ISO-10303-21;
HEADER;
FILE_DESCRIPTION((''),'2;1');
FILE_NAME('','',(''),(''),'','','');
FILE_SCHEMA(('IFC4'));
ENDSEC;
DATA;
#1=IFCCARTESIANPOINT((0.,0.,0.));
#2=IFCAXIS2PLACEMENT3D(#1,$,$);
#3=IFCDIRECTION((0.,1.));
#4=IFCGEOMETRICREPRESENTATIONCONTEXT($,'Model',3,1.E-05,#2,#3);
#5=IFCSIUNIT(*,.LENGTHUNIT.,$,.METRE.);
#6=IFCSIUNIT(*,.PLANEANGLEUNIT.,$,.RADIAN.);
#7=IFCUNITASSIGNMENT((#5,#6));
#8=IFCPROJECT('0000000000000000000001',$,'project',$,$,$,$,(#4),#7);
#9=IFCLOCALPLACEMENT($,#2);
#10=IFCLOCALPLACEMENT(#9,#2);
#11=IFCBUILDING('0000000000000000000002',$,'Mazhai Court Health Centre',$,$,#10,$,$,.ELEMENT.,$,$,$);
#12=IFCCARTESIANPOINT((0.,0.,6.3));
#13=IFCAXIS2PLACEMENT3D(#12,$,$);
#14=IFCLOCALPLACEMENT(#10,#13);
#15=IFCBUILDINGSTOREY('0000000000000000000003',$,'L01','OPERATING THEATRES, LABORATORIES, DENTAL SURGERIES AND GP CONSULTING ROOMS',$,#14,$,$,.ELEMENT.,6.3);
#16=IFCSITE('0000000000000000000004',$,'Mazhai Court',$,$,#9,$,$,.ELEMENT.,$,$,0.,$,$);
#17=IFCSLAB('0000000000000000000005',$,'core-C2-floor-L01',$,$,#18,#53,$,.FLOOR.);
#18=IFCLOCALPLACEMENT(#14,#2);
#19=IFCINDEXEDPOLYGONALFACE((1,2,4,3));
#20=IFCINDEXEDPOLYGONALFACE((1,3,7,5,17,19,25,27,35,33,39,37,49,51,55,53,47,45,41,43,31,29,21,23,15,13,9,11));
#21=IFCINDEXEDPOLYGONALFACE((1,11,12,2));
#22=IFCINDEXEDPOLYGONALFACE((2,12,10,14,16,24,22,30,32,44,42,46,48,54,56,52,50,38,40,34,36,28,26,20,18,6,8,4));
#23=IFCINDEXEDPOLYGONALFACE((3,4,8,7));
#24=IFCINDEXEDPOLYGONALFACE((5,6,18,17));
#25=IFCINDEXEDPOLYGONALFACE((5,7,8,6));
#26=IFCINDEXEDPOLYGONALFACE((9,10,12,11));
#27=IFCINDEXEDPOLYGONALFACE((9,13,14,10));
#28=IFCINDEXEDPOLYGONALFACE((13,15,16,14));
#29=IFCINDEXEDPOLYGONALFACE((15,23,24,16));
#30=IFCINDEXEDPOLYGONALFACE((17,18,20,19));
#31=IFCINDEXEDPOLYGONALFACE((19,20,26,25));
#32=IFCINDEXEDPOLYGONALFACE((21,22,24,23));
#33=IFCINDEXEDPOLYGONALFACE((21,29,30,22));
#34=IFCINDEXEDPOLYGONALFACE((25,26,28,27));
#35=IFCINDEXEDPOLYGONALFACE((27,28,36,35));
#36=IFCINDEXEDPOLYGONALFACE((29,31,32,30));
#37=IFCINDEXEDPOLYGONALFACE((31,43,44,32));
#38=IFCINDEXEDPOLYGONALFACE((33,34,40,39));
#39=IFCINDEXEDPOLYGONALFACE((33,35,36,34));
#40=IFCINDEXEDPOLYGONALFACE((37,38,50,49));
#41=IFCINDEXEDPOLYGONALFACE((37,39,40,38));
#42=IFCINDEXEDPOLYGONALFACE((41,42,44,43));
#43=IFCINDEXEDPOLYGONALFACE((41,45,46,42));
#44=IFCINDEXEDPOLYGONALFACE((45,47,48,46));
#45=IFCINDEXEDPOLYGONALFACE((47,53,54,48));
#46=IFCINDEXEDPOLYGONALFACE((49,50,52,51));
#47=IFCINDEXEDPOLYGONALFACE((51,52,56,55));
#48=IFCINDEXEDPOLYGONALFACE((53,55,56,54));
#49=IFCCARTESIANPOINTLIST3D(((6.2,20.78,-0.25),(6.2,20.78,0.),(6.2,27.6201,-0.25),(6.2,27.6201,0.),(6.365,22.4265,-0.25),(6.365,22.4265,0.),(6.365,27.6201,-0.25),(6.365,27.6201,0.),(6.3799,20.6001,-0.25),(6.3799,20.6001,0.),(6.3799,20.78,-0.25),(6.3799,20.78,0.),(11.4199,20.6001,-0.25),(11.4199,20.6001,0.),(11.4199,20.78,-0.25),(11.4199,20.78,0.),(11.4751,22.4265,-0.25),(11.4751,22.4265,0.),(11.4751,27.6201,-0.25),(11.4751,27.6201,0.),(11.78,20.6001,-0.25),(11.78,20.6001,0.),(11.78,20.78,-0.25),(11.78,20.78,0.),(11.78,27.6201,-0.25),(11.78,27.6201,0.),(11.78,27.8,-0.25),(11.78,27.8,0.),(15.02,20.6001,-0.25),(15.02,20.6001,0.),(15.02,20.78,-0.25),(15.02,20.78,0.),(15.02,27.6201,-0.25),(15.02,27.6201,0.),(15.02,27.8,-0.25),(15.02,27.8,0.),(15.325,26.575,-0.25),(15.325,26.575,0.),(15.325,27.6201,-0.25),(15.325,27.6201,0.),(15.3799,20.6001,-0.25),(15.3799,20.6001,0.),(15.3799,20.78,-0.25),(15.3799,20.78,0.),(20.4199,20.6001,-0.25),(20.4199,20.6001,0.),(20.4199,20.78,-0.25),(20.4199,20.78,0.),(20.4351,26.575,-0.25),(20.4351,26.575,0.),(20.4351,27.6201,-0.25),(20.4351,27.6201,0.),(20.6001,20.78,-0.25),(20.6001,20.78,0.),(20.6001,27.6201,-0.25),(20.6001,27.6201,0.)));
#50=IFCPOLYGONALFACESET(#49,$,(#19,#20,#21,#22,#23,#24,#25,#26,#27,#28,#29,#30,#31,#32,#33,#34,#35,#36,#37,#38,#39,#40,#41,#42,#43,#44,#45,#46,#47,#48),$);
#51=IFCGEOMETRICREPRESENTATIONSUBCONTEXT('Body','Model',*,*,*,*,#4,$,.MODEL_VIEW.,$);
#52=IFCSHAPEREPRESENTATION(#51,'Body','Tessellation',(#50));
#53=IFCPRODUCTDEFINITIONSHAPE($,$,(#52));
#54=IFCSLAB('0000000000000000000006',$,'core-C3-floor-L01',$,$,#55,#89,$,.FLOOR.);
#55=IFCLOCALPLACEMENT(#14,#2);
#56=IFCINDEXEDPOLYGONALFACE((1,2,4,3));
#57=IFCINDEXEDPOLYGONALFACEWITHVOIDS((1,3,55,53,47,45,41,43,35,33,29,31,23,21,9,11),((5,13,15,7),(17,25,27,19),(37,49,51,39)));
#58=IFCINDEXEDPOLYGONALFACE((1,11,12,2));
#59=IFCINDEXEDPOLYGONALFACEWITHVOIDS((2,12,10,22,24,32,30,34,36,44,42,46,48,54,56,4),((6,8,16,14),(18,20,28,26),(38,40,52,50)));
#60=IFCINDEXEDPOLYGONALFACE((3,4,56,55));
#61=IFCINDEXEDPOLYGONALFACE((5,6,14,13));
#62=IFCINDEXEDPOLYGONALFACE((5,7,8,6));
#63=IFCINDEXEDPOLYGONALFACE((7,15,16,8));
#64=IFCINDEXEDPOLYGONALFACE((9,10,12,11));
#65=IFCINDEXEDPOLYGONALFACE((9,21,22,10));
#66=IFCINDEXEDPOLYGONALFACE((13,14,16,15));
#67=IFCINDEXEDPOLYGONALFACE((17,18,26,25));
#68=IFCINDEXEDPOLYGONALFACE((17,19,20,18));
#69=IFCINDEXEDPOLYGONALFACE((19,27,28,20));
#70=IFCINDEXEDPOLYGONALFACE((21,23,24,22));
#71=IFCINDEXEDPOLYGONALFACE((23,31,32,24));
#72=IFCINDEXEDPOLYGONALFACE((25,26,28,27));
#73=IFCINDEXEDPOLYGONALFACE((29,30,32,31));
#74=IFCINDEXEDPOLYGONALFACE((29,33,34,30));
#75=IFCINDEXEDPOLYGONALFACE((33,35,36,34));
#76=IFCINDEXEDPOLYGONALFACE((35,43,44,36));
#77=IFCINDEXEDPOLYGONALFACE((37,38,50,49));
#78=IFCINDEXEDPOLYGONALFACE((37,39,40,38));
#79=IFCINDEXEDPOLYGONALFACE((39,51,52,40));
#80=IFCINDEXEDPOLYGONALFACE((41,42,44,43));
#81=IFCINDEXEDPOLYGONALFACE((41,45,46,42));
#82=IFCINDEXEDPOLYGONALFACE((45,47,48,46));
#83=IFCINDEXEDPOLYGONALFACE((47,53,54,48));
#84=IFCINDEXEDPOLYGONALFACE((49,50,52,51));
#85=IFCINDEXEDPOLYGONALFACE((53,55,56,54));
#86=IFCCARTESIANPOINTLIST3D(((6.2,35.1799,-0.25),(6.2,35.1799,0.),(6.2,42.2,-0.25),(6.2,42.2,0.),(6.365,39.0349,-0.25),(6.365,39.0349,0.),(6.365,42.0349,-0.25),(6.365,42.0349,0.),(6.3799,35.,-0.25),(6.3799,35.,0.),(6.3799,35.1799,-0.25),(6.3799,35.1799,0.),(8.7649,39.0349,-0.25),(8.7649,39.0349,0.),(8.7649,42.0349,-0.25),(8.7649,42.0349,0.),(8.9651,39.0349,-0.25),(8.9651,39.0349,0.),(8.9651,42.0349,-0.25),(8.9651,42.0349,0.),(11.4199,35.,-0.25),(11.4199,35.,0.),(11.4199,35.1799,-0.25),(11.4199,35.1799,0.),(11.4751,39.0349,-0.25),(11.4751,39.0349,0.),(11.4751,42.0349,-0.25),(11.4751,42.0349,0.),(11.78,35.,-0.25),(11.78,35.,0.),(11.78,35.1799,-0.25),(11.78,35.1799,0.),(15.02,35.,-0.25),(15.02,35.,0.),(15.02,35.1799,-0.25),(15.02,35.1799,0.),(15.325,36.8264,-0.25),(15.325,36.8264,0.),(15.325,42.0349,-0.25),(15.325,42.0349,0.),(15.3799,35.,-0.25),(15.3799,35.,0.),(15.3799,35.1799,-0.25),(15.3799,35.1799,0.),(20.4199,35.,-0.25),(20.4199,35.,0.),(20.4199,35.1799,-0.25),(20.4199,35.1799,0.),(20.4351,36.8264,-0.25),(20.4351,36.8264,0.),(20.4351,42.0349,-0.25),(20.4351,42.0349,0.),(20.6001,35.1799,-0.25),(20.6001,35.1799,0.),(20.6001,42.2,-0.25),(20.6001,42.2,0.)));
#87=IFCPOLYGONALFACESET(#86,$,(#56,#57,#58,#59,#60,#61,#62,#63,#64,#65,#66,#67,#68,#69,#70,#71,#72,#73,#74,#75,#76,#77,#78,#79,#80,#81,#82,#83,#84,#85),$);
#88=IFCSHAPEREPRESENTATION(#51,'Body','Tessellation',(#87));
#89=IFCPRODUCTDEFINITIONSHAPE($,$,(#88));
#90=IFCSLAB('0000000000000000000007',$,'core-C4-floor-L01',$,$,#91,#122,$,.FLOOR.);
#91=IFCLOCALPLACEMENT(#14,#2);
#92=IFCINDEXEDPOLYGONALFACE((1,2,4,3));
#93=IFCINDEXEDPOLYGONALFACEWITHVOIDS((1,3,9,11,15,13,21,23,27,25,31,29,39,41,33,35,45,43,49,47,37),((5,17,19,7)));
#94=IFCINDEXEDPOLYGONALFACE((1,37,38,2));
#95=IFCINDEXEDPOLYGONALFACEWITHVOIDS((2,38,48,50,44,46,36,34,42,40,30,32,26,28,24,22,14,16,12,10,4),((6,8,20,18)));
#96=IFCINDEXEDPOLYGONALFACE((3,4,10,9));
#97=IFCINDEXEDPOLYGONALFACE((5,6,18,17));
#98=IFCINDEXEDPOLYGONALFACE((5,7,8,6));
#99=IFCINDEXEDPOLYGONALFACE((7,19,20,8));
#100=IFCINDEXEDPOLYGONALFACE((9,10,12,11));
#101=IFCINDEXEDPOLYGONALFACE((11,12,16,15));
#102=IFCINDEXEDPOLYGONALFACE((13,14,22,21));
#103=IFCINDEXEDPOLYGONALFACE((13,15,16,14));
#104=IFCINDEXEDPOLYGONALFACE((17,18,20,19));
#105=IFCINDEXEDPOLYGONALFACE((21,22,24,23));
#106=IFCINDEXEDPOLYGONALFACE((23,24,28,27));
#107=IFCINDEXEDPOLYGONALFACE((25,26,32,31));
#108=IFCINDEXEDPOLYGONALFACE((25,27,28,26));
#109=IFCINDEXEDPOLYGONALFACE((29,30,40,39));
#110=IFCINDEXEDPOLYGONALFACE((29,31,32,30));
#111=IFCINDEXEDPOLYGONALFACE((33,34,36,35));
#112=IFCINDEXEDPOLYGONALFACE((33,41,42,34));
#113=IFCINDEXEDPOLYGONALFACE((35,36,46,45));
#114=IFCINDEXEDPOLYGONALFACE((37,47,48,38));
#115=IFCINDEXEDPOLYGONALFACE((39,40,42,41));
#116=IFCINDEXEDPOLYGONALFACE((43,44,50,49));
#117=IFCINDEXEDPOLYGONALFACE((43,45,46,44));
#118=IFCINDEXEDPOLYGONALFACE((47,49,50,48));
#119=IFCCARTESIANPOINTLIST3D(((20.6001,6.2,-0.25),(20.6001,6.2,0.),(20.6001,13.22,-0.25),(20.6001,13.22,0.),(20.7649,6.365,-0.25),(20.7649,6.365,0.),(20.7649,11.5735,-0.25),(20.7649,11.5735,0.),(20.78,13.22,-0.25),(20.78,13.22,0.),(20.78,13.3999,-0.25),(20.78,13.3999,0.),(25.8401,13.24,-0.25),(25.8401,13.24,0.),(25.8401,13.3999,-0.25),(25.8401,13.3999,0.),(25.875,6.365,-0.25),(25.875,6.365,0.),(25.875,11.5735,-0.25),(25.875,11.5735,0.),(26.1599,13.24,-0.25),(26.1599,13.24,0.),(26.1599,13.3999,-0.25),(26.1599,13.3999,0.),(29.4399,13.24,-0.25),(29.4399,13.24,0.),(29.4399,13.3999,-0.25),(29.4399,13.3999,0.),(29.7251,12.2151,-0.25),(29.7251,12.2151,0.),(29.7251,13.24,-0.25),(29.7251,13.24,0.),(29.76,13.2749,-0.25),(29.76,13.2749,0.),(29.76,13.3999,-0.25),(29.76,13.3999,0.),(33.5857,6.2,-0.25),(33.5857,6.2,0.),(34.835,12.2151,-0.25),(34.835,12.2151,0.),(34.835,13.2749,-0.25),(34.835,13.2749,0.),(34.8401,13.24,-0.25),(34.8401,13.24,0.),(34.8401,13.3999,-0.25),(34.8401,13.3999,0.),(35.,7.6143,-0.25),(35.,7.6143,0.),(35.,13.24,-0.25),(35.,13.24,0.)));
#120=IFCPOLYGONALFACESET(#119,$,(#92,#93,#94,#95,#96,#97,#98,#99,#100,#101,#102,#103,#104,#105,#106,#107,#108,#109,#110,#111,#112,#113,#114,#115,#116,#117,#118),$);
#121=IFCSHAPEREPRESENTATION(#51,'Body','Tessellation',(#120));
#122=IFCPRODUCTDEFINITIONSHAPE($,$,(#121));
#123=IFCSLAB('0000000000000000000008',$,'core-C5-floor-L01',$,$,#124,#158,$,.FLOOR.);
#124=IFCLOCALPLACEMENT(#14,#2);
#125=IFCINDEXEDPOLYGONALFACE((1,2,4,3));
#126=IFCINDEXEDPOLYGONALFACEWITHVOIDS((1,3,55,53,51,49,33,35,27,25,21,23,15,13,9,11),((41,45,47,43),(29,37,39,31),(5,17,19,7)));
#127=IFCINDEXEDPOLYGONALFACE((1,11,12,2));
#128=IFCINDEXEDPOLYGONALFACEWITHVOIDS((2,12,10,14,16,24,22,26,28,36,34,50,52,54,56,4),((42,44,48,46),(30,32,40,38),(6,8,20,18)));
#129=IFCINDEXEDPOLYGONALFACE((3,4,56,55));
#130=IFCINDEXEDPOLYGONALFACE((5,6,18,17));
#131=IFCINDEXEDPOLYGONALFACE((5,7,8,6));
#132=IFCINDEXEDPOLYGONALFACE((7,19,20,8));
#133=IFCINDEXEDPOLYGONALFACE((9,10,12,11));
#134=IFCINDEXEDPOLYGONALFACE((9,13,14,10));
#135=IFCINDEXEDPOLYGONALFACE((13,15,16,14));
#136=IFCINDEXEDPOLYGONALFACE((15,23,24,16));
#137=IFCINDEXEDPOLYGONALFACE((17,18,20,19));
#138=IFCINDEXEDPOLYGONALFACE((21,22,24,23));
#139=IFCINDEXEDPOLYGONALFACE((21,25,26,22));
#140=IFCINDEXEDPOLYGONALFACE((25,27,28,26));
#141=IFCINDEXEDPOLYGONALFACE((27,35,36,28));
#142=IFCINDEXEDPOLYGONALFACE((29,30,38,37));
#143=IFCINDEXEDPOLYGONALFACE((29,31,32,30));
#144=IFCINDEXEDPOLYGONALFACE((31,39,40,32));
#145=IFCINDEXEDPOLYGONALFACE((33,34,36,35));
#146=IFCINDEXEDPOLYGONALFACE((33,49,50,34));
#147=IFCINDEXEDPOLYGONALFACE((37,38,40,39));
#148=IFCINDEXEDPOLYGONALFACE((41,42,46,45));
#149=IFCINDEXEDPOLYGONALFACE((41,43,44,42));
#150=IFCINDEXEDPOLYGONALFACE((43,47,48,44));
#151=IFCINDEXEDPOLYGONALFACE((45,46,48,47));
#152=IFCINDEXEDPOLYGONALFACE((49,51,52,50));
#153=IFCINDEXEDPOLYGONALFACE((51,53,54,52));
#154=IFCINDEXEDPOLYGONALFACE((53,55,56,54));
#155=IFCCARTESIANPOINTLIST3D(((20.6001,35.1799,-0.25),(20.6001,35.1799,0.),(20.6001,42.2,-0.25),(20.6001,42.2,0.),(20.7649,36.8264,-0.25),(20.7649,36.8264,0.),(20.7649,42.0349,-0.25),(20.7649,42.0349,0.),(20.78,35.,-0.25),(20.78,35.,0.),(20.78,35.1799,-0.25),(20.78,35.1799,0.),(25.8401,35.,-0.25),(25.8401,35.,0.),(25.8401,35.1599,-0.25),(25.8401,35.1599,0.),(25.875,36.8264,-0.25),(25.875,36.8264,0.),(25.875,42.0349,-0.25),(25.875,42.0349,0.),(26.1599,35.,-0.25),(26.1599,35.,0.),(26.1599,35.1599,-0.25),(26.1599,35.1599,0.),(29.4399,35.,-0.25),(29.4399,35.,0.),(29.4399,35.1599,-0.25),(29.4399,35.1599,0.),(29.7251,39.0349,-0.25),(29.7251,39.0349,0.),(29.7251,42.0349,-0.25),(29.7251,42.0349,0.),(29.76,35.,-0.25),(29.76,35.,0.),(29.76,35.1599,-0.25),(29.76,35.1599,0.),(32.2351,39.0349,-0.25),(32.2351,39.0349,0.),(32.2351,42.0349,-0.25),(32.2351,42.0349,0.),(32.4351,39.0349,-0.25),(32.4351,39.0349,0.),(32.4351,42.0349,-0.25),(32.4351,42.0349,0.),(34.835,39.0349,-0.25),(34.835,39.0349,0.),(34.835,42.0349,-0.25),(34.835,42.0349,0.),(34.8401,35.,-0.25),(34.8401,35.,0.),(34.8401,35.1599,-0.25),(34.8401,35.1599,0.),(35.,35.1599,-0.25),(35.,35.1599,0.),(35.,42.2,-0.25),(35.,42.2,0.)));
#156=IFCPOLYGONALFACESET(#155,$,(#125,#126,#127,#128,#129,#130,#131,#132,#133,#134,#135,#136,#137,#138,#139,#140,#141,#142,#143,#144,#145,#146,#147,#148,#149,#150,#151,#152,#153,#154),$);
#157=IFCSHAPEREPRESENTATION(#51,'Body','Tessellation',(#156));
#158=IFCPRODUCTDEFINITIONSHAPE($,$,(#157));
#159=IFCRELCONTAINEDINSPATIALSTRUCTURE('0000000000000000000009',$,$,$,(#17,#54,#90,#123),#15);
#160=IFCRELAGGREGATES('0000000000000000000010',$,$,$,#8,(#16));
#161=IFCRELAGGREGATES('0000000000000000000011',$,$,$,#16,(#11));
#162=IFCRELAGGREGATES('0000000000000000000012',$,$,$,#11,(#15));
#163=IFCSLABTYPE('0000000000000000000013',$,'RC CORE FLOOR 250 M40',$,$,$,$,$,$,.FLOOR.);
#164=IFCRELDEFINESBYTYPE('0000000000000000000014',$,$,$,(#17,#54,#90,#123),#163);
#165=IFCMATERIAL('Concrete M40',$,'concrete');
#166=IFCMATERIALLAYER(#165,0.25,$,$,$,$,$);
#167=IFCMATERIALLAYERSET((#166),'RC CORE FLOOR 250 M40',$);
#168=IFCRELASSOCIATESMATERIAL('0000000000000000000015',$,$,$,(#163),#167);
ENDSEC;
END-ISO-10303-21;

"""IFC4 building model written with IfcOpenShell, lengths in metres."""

from ifc_helpers import new_model, si_unit, direction, frame, origin, place, context, subcontext, project, spatial, polyline, outline, extrude, material, layer, layer_set, type_object, element, save


model = new_model("IFC4")

# Units and contexts
model_context = context("Model", 3, precision=1e-05, world=origin(), true_north=direction((0.0, 1.0)))
body_context = subcontext(model_context, "Body", "Model", "MODEL_VIEW")
ifc_project = project(units=[si_unit("LENGTHUNIT", "METRE"), si_unit("PLANEANGLEUNIT", "RADIAN")], contexts=[model_context])

# Site, building, storey
site_placement = place(None, origin())
site = spatial("IfcSite", under=ifc_project, at=site_placement, Name="Mazhai Court", CompositionType="ELEMENT", RefElevation=0.0)
building_placement = place(site_placement, origin())
building = spatial("IfcBuilding", under=site, at=building_placement, Name="Mazhai Court Health Centre", CompositionType="ELEMENT")
storey_placement = place(building_placement, frame((0.0, 0.0, 6.3)))
storey = spatial("IfcBuildingStorey", under=building, at=storey_placement, Name="L01", Description="OPERATING THEATRES, LABORATORIES, DENTAL SURGERIES AND GP CONSULTING ROOMS", CompositionType="ELEMENT", Elevation=6.3)

# Slabs
ifc_material_1 = material(Name="Concrete M40", Category="concrete")
ifc_layer_1 = layer(ifc_material_1, 0.25)
ifc_layer_set_1 = layer_set([ifc_layer_1], Name="RC CORE FLOOR 250 M40")
slab_type_1 = type_object("IfcSlabType", Name="RC CORE FLOOR 250 M40", PredefinedType="FLOOR", material=ifc_layer_set_1)
slab_1_placement = place(storey_placement, frame((0.0, 0.0, -0.25)))
element("IfcSlab", 1, at=slab_1_placement, inside=storey, type_object=slab_type_1, Name="core-C2-floor-L01", PredefinedType="FLOOR", context=body_context, shape_type="SweptSolid", body=[
    extrude(outline(polyline([(6.365, 27.6201), (6.365, 22.4265), (11.4751, 22.4265), (11.4751, 27.6201), (11.78, 27.6201), (11.78, 27.8), (15.02, 27.8), (15.02, 27.6201), (15.325, 27.6201), (15.325, 26.575), (20.4351, 26.575), (20.4351, 27.6201), (20.6001, 27.6201), (20.6001, 20.78), (20.4199, 20.78), (20.4199, 20.6001), (15.3799, 20.6001), (15.3799, 20.78), (15.02, 20.78), (15.02, 20.6001), (11.78, 20.6001), (11.78, 20.78), (11.4199, 20.78), (11.4199, 20.6001), (6.3799, 20.6001), (6.3799, 20.78), (6.2, 20.78), (6.2, 27.6201), (6.365, 27.6201)])), origin(), (0.0, 0.0, 1.0), 0.25),
])
slab_2_placement = place(storey_placement, frame((0.0, 0.0, -0.25)))
element("IfcSlab", 2, at=slab_2_placement, inside=storey, type_object=slab_type_1, Name="core-C3-floor-L01", PredefinedType="FLOOR", context=body_context, shape_type="SweptSolid", body=[
    extrude(outline(polyline([(20.6001, 42.2), (20.6001, 35.1799), (20.4199, 35.1799), (20.4199, 35.0), (15.3799, 35.0), (15.3799, 35.1799), (15.02, 35.1799), (15.02, 35.0), (11.78, 35.0), (11.78, 35.1799), (11.4199, 35.1799), (11.4199, 35.0), (6.3799, 35.0), (6.3799, 35.1799), (6.2, 35.1799), (6.2, 42.2), (20.6001, 42.2)]), holes=[polyline([(15.325, 36.8264), (20.4351, 36.8264), (20.4351, 42.0349), (15.325, 42.0349), (15.325, 36.8264)]), polyline([(8.7649, 42.0349), (6.365, 42.0349), (6.365, 39.0349), (8.7649, 39.0349), (8.7649, 42.0349)]), polyline([(11.4751, 42.0349), (8.9651, 42.0349), (8.9651, 39.0349), (11.4751, 39.0349), (11.4751, 42.0349)])]), origin(), (0.0, 0.0, 1.0), 0.25),
])
slab_3_placement = place(storey_placement, frame((0.0, 0.0, -0.25)))
element("IfcSlab", 3, at=slab_3_placement, inside=storey, type_object=slab_type_1, Name="core-C4-floor-L01", PredefinedType="FLOOR", context=body_context, shape_type="SweptSolid", body=[
    extrude(outline(polyline([(20.78, 13.3999), (25.8401, 13.3999), (25.8401, 13.24), (26.1599, 13.24), (26.1599, 13.3999), (29.4399, 13.3999), (29.4399, 13.24), (29.7251, 13.24), (29.7251, 12.2151), (34.835, 12.2151), (34.835, 13.2749), (29.76, 13.2749), (29.76, 13.3999), (34.8401, 13.3999), (34.8401, 13.24), (35.0, 13.24), (35.0, 7.6143), (33.5857, 6.2), (20.6001, 6.2), (20.6001, 13.22), (20.78, 13.22), (20.78, 13.3999)]), holes=[polyline([(25.875, 11.5735), (20.7649, 11.5735), (20.7649, 6.365), (25.875, 6.365), (25.875, 11.5735)])]), origin(), (0.0, 0.0, 1.0), 0.25),
])
slab_4_placement = place(storey_placement, frame((0.0, 0.0, -0.25)))
element("IfcSlab", 4, at=slab_4_placement, inside=storey, type_object=slab_type_1, Name="core-C5-floor-L01", PredefinedType="FLOOR", context=body_context, shape_type="SweptSolid", body=[
    extrude(outline(polyline([(35.0, 42.2), (35.0, 35.1599), (34.8401, 35.1599), (34.8401, 35.0), (29.76, 35.0), (29.76, 35.1599), (29.4399, 35.1599), (29.4399, 35.0), (26.1599, 35.0), (26.1599, 35.1599), (25.8401, 35.1599), (25.8401, 35.0), (20.78, 35.0), (20.78, 35.1799), (20.6001, 35.1799), (20.6001, 42.2), (35.0, 42.2)]), holes=[polyline([(20.7649, 36.8264), (25.875, 36.8264), (25.875, 42.0349), (20.7649, 42.0349), (20.7649, 36.8264)]), polyline([(32.2351, 42.0349), (29.7251, 42.0349), (29.7251, 39.0349), (32.2351, 39.0349), (32.2351, 42.0349)]), polyline([(34.835, 42.0349), (32.4351, 42.0349), (32.4351, 39.0349), (34.835, 39.0349), (34.835, 42.0349)])]), origin(), (0.0, 0.0, 1.0), 0.25),
])

save(model, "model.ifc")
